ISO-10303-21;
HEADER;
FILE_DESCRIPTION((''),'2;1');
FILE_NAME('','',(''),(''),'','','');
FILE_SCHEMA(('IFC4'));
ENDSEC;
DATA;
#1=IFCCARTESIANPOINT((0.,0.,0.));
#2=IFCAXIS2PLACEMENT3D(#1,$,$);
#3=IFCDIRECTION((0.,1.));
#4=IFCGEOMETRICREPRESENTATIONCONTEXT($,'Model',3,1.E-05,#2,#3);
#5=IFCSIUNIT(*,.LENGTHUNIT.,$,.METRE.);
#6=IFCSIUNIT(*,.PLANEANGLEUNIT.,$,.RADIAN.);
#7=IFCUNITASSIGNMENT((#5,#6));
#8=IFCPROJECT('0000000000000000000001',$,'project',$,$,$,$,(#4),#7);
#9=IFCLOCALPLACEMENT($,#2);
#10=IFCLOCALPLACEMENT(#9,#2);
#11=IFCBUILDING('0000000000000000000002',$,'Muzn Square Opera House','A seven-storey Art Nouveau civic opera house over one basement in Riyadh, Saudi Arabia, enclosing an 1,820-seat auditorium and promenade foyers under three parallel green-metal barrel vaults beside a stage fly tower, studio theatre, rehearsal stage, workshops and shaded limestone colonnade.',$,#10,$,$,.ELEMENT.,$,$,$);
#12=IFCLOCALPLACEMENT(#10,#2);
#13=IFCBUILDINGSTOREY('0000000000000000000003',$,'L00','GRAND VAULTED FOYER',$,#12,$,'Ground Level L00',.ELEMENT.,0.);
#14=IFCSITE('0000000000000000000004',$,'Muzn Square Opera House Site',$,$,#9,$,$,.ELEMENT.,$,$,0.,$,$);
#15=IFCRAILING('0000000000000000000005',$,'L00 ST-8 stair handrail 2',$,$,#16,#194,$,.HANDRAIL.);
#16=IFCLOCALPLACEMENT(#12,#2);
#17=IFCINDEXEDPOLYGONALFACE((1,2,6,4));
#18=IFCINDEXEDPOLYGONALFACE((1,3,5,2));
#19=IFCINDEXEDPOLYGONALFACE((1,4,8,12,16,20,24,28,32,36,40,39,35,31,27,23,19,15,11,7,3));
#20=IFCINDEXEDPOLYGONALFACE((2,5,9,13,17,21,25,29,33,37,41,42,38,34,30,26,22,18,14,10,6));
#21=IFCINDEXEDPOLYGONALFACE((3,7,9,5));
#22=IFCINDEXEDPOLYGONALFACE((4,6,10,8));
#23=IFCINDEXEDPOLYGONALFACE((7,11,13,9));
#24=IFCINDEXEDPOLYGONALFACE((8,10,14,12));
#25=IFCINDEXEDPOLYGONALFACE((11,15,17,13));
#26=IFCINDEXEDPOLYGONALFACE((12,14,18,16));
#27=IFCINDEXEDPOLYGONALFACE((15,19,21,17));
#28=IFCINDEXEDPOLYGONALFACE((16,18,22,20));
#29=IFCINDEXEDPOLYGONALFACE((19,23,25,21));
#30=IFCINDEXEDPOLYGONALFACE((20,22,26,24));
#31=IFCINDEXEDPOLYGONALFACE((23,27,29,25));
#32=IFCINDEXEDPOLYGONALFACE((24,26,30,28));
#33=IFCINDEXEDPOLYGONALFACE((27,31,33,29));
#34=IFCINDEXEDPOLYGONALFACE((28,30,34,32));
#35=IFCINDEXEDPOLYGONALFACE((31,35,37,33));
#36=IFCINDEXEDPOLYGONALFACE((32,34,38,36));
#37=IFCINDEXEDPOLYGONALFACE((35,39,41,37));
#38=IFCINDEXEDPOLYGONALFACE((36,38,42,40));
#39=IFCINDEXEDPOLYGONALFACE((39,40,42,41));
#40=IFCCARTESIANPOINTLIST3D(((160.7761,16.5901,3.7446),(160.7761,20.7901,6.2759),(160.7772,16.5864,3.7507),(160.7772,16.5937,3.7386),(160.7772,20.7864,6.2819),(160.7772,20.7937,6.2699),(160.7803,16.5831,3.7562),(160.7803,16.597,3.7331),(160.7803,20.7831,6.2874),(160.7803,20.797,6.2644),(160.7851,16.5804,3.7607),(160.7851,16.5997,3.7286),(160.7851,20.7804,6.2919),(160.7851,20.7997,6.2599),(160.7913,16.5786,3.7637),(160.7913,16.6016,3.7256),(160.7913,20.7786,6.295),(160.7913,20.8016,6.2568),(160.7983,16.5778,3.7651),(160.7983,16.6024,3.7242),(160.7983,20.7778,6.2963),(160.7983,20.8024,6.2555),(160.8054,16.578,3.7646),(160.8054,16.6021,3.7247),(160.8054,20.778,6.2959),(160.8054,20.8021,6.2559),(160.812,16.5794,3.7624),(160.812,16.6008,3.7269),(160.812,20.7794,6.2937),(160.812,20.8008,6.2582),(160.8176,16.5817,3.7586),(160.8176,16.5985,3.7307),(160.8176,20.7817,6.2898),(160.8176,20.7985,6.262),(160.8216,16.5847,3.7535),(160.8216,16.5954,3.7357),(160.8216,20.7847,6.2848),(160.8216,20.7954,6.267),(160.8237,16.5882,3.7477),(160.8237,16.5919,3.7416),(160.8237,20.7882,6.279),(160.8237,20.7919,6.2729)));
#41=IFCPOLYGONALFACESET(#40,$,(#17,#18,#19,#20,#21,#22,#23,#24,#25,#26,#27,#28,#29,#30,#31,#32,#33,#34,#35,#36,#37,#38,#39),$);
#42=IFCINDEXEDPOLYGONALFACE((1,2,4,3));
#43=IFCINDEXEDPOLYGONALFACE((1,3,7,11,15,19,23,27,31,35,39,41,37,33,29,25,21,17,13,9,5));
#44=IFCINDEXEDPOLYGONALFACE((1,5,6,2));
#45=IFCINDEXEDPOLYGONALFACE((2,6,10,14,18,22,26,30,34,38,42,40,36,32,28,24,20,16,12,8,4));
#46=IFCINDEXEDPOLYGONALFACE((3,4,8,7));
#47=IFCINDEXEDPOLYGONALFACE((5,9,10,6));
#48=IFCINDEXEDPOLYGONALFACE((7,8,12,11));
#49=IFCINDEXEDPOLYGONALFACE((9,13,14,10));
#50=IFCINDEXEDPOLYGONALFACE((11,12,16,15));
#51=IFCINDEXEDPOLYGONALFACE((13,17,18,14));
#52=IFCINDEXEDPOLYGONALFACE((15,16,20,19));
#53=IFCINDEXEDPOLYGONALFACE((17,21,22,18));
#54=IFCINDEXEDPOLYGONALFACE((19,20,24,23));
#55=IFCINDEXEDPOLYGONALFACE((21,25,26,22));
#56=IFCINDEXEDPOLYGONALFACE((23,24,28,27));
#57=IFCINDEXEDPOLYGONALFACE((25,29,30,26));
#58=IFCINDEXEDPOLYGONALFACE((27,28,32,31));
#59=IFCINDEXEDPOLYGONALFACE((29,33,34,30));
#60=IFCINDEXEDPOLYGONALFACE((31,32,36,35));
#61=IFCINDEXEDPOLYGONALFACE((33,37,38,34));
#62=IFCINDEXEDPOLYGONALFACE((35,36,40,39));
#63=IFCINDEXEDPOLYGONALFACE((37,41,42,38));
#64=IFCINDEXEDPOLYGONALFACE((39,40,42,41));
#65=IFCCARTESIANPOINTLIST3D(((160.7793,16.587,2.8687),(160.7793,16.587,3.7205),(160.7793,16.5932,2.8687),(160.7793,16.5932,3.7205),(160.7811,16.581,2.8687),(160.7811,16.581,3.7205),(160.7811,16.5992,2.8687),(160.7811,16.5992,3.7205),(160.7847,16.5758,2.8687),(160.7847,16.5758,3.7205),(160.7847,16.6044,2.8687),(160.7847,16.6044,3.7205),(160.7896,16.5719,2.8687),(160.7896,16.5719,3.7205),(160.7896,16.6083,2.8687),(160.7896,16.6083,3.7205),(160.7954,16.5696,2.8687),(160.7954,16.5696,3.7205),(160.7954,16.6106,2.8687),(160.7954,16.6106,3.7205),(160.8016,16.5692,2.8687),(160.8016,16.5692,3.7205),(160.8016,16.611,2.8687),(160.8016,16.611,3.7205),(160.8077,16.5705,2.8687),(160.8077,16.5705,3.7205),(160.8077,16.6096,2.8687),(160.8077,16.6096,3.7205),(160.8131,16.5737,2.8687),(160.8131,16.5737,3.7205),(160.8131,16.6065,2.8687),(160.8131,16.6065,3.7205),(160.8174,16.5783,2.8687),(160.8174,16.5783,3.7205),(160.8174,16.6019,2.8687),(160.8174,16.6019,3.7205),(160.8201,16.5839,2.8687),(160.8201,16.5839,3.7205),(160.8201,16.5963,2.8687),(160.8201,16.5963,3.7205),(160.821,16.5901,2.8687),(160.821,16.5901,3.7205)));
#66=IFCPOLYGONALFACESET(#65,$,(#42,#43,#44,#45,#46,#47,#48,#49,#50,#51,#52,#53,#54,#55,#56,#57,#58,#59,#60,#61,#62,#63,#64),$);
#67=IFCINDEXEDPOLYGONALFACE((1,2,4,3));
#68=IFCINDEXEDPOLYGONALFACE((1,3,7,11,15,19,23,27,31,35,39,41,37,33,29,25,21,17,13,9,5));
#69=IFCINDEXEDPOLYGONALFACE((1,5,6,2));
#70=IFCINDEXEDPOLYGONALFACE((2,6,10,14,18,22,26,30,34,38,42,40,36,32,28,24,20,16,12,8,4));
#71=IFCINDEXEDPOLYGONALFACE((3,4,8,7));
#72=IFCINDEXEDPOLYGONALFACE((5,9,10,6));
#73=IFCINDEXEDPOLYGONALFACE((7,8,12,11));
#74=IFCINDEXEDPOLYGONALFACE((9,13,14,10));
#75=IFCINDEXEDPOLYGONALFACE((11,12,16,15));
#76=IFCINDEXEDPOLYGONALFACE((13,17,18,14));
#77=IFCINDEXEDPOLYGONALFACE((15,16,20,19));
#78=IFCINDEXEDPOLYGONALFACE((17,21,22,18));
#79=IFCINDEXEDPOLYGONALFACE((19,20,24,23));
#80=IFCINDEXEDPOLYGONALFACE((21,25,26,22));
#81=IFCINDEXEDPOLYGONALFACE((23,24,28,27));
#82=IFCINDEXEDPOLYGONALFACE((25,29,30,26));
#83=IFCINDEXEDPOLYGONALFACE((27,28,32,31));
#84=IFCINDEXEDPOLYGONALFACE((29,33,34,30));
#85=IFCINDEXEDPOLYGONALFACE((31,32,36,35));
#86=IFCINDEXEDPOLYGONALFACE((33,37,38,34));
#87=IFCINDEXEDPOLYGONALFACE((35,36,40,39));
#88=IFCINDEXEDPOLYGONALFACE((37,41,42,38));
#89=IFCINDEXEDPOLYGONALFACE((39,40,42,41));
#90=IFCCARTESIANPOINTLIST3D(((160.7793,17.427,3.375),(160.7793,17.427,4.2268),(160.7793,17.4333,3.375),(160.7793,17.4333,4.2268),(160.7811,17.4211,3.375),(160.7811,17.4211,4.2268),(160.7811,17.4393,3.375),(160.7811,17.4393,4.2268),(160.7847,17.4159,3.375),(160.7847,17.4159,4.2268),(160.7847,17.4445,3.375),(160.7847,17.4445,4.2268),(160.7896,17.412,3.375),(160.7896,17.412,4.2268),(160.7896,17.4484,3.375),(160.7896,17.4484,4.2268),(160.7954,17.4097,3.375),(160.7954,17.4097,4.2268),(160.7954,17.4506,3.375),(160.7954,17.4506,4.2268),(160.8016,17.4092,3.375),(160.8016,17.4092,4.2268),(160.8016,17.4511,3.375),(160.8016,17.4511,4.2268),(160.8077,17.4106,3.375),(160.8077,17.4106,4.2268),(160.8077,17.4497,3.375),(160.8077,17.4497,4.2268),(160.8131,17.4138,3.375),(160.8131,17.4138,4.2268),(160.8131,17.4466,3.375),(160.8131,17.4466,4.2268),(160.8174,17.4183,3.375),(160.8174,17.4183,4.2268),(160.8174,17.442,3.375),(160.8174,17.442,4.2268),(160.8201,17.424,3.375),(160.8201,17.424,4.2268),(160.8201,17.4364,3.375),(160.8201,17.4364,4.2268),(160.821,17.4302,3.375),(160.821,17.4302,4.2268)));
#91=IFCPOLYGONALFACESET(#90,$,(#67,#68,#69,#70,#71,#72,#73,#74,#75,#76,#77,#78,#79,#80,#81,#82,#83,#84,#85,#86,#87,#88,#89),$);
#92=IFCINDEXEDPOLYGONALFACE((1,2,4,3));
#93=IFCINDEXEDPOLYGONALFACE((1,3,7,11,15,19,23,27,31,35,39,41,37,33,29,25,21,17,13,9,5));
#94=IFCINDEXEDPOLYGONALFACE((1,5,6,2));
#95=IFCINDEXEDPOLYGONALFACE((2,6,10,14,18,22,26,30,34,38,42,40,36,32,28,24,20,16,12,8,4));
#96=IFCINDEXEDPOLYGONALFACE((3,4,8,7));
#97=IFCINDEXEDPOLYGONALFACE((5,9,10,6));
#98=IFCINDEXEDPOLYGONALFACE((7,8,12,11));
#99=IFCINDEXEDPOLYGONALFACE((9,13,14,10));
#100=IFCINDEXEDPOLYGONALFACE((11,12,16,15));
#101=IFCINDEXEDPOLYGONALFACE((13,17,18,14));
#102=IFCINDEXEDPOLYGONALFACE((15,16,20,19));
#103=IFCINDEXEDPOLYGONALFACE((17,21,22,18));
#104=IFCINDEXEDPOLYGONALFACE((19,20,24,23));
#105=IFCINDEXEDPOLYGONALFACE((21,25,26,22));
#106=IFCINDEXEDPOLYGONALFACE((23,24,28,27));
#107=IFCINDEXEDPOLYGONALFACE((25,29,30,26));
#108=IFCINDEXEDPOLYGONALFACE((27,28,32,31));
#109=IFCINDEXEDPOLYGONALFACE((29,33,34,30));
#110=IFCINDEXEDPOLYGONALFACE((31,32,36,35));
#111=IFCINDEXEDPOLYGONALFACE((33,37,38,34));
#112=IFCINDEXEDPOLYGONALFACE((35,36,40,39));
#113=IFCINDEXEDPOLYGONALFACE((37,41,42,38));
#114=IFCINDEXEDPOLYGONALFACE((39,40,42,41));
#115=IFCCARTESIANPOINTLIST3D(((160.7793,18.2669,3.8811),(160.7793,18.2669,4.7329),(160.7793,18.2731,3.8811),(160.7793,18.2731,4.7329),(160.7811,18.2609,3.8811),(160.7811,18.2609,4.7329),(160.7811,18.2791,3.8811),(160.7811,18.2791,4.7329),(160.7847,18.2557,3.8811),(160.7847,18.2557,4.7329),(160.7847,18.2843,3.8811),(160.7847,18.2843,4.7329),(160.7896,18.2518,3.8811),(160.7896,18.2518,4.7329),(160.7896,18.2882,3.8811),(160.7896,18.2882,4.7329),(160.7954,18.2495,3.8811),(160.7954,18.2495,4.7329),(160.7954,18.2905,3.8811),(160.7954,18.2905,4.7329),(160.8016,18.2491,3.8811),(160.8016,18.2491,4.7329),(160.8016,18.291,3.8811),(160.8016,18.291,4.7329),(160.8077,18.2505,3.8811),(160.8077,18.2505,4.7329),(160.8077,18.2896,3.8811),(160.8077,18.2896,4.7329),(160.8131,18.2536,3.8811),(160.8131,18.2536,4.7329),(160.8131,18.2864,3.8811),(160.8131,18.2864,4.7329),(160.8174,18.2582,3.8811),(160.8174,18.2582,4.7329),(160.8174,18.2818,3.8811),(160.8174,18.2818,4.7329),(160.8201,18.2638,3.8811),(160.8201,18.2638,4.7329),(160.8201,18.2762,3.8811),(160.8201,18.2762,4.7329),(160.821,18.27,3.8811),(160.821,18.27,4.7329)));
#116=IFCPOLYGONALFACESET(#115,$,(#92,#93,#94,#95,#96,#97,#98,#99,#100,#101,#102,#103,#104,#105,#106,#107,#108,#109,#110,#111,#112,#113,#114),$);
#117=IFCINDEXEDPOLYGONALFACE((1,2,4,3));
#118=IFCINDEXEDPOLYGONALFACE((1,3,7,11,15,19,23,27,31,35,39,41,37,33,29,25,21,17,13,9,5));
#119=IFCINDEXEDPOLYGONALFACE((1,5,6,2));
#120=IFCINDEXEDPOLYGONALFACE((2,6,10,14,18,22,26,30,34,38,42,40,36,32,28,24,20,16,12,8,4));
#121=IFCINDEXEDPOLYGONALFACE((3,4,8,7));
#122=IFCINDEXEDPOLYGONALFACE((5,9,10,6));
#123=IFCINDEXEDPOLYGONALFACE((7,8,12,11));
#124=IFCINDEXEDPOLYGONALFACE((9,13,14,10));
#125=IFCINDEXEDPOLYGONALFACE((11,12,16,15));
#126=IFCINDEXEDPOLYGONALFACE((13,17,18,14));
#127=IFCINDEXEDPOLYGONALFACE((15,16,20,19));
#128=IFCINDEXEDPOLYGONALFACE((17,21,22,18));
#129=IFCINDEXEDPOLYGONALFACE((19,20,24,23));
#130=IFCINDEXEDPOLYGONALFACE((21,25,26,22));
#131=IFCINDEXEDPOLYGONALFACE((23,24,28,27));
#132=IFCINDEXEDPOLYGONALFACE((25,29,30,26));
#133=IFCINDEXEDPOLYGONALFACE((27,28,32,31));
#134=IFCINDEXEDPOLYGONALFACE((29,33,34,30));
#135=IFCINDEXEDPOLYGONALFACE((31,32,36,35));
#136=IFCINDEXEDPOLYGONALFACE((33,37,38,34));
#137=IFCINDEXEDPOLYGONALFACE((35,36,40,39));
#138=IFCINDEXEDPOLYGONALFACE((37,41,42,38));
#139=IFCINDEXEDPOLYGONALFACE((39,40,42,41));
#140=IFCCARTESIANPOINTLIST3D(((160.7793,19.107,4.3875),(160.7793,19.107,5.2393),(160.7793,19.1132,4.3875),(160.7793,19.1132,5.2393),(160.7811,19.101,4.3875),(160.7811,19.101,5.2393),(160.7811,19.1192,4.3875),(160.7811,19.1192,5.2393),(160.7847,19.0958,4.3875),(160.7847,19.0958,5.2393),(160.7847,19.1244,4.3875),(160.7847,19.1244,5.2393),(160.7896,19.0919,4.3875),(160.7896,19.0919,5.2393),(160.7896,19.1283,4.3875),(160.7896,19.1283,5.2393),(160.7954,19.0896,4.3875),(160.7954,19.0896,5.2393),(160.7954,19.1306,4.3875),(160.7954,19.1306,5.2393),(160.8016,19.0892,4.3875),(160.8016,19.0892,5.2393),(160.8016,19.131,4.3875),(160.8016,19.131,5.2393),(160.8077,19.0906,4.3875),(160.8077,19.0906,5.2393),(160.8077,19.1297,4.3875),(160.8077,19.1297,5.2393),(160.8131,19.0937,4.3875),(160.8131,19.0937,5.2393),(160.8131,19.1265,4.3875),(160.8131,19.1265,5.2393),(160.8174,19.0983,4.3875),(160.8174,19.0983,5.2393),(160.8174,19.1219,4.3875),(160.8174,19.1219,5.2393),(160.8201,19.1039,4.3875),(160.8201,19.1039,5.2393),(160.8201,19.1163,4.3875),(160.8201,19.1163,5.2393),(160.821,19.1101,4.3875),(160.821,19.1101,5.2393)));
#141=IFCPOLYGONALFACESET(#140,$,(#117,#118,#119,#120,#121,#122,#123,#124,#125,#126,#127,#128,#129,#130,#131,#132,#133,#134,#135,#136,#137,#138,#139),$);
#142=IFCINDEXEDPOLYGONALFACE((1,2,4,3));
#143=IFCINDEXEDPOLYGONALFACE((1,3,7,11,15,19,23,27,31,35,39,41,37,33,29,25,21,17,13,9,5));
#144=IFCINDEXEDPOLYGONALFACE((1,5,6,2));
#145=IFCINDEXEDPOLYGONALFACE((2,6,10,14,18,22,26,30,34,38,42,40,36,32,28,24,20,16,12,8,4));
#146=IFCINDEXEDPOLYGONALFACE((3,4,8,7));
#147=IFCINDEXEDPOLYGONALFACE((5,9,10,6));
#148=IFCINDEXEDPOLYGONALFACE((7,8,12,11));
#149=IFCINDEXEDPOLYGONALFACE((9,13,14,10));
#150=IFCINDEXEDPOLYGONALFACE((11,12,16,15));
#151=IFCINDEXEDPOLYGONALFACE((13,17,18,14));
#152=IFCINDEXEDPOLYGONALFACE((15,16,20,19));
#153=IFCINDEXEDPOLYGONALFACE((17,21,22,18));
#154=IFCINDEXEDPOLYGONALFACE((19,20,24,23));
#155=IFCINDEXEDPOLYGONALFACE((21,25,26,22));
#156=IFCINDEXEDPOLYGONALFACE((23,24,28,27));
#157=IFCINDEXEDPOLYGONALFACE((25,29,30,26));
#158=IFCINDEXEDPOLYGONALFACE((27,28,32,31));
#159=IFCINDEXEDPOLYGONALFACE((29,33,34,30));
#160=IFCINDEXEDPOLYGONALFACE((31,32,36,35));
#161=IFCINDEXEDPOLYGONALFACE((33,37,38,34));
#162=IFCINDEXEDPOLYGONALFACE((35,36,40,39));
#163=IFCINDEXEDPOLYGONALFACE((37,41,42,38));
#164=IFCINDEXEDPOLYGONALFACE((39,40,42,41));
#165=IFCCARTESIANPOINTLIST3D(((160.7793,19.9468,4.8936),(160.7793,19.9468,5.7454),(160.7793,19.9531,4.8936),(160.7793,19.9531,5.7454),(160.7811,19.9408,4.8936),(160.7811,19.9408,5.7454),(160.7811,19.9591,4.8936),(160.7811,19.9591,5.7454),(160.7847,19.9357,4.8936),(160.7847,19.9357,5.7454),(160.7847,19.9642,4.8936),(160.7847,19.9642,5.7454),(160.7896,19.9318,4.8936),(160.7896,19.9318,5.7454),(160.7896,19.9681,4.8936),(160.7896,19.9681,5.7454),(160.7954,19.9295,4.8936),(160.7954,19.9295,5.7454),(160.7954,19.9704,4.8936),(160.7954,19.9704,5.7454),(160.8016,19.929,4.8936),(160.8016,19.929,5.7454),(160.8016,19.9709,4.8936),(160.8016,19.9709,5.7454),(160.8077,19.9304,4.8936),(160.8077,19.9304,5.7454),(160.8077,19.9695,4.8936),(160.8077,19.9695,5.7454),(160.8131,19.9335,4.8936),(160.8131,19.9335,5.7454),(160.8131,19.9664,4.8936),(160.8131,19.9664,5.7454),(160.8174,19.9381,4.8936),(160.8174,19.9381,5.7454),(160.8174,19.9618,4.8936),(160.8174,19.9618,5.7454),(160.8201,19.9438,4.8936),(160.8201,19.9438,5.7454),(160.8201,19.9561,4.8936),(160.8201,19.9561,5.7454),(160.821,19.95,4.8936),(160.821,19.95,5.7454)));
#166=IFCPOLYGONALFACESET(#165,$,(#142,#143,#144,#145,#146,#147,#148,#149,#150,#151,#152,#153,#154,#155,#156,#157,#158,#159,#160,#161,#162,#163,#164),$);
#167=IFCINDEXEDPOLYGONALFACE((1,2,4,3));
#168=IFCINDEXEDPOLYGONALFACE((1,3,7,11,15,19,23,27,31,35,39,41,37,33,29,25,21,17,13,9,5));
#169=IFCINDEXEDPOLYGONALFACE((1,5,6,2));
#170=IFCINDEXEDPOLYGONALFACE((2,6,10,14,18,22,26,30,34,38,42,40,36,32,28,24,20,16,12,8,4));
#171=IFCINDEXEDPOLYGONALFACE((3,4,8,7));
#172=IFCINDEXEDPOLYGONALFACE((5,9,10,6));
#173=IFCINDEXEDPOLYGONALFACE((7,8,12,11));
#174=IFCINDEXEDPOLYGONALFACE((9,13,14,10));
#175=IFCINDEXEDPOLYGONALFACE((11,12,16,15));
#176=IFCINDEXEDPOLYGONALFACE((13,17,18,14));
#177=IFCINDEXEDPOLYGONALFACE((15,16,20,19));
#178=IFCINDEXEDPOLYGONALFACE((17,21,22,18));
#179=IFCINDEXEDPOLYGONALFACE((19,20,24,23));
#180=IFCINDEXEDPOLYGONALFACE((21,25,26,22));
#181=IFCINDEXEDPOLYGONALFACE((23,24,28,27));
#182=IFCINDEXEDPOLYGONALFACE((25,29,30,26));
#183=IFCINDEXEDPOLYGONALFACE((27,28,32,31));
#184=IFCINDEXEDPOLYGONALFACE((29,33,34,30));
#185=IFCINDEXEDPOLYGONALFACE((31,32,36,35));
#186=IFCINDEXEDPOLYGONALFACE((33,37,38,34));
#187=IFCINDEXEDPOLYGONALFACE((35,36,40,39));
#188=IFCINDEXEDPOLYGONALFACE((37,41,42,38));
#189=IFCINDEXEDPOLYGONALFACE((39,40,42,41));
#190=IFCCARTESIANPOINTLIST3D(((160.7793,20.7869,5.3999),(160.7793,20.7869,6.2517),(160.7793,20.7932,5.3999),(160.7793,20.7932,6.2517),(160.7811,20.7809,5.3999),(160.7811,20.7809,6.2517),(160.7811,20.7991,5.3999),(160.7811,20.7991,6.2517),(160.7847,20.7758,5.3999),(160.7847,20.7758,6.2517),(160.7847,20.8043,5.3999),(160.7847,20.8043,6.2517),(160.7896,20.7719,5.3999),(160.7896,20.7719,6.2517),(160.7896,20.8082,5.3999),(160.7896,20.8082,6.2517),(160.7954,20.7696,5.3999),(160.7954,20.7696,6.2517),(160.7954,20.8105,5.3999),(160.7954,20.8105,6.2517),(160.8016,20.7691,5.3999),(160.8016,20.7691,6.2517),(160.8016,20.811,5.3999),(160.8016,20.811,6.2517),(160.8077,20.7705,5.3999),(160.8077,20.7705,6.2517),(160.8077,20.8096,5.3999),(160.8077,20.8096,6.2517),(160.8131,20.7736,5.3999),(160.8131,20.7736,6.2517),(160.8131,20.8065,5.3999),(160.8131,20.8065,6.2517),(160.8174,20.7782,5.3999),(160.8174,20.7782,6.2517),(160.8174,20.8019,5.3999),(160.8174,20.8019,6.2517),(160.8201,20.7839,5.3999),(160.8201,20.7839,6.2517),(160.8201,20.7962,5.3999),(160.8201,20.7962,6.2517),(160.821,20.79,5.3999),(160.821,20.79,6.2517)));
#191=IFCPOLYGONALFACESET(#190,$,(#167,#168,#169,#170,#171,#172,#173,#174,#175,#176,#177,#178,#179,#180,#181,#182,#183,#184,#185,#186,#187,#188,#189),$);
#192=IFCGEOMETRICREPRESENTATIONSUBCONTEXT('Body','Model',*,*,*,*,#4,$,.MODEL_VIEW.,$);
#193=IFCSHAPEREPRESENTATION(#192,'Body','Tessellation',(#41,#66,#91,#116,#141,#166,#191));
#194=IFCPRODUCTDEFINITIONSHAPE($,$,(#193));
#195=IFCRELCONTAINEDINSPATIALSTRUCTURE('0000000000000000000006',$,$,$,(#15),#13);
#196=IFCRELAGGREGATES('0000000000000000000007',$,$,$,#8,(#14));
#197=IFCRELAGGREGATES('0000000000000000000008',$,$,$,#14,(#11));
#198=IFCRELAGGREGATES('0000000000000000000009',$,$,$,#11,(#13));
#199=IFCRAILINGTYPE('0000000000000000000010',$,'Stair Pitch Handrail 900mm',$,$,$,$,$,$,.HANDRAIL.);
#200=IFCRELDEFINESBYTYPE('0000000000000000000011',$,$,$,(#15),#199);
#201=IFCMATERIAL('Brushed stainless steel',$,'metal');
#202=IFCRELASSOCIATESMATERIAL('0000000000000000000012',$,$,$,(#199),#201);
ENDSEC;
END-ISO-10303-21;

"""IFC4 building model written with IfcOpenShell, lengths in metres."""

from ifc_helpers import new_model, si_unit, direction, frame, origin, origin_2d, place, context, subcontext, project, spatial, circle, extrude, material, type_object, element, save


model = new_model("IFC4")

# Units and contexts
model_context = context("Model", 3, precision=1e-05, world=origin(), true_north=direction((0.0, 1.0)))
body_context = subcontext(model_context, "Body", "Model", "MODEL_VIEW")
ifc_project = project(units=[si_unit("LENGTHUNIT", "METRE"), si_unit("PLANEANGLEUNIT", "RADIAN")], contexts=[model_context])

# Site, building, storey
site_placement = place(None, origin())
site = spatial("IfcSite", under=ifc_project, at=site_placement, Name="Muzn Square Opera House Site", CompositionType="ELEMENT", RefElevation=0.0)
building_placement = place(site_placement, origin())
building = spatial("IfcBuilding", under=site, at=building_placement, Name="Muzn Square Opera House", Description="A seven-storey Art Nouveau civic opera house over one basement in Riyadh, Saudi Arabia, enclosing an 1,820-seat auditorium and promenade foyers under three parallel green-metal barrel vaults beside a stage fly tower, studio theatre, rehearsal stage, workshops and shaded limestone colonnade.", CompositionType="ELEMENT")
storey_placement = place(building_placement, origin())
storey = spatial("IfcBuildingStorey", under=building, at=storey_placement, Name="L00", Description="GRAND VAULTED FOYER", LongName="Ground Level L00", CompositionType="ELEMENT", Elevation=0.0)

# Railing
ifc_material_1 = material(Name="Brushed stainless steel", Category="metal")
railing_type_1 = type_object("IfcRailingType", Name="Stair Pitch Handrail 900mm", PredefinedType="HANDRAIL", material=ifc_material_1)
railing_1_placement = place(storey_placement, frame((160.8, 16.5901, 2.8687)))
element("IfcRailing", 1, at=railing_1_placement, inside=storey, type_object=railing_type_1, Name="L00 ST-8 stair handrail 2", PredefinedType="HANDRAIL", context=body_context, shape_type="SweptSolid", body=[
    extrude(circle(Radius=0.0239, at=origin_2d()), frame((0.0, 0.0, 0.876), z_axis=(0.0, 0.856476, 0.516186), x_axis=(-1.0, 0.0, 0.0)), (0.0, 0.0, 1.0), 4.9038),
    extrude(circle(Radius=0.021, at=origin_2d()), origin(), (0.0, 0.0, 1.0), 0.8518),
    extrude(circle(Radius=0.021, at=origin_2d()), frame((0.0, 0.8401, 0.5063)), (0.0, 0.0, 1.0), 0.8518),
    extrude(circle(Radius=0.021, at=origin_2d()), frame((0.0, 1.6799, 1.0125)), (0.0, 0.0, 1.0), 0.8518),
    extrude(circle(Radius=0.021, at=origin_2d()), frame((0.0, 2.52, 1.5188)), (0.0, 0.0, 1.0), 0.8518),
    extrude(circle(Radius=0.021, at=origin_2d()), frame((0.0, 3.3599, 2.0249)), (0.0, 0.0, 1.0), 0.8518),
    extrude(circle(Radius=0.021, at=origin_2d()), frame((0.0, 4.2, 2.5312)), (0.0, 0.0, 1.0), 0.8518),
])

save(model, "model.ifc")
